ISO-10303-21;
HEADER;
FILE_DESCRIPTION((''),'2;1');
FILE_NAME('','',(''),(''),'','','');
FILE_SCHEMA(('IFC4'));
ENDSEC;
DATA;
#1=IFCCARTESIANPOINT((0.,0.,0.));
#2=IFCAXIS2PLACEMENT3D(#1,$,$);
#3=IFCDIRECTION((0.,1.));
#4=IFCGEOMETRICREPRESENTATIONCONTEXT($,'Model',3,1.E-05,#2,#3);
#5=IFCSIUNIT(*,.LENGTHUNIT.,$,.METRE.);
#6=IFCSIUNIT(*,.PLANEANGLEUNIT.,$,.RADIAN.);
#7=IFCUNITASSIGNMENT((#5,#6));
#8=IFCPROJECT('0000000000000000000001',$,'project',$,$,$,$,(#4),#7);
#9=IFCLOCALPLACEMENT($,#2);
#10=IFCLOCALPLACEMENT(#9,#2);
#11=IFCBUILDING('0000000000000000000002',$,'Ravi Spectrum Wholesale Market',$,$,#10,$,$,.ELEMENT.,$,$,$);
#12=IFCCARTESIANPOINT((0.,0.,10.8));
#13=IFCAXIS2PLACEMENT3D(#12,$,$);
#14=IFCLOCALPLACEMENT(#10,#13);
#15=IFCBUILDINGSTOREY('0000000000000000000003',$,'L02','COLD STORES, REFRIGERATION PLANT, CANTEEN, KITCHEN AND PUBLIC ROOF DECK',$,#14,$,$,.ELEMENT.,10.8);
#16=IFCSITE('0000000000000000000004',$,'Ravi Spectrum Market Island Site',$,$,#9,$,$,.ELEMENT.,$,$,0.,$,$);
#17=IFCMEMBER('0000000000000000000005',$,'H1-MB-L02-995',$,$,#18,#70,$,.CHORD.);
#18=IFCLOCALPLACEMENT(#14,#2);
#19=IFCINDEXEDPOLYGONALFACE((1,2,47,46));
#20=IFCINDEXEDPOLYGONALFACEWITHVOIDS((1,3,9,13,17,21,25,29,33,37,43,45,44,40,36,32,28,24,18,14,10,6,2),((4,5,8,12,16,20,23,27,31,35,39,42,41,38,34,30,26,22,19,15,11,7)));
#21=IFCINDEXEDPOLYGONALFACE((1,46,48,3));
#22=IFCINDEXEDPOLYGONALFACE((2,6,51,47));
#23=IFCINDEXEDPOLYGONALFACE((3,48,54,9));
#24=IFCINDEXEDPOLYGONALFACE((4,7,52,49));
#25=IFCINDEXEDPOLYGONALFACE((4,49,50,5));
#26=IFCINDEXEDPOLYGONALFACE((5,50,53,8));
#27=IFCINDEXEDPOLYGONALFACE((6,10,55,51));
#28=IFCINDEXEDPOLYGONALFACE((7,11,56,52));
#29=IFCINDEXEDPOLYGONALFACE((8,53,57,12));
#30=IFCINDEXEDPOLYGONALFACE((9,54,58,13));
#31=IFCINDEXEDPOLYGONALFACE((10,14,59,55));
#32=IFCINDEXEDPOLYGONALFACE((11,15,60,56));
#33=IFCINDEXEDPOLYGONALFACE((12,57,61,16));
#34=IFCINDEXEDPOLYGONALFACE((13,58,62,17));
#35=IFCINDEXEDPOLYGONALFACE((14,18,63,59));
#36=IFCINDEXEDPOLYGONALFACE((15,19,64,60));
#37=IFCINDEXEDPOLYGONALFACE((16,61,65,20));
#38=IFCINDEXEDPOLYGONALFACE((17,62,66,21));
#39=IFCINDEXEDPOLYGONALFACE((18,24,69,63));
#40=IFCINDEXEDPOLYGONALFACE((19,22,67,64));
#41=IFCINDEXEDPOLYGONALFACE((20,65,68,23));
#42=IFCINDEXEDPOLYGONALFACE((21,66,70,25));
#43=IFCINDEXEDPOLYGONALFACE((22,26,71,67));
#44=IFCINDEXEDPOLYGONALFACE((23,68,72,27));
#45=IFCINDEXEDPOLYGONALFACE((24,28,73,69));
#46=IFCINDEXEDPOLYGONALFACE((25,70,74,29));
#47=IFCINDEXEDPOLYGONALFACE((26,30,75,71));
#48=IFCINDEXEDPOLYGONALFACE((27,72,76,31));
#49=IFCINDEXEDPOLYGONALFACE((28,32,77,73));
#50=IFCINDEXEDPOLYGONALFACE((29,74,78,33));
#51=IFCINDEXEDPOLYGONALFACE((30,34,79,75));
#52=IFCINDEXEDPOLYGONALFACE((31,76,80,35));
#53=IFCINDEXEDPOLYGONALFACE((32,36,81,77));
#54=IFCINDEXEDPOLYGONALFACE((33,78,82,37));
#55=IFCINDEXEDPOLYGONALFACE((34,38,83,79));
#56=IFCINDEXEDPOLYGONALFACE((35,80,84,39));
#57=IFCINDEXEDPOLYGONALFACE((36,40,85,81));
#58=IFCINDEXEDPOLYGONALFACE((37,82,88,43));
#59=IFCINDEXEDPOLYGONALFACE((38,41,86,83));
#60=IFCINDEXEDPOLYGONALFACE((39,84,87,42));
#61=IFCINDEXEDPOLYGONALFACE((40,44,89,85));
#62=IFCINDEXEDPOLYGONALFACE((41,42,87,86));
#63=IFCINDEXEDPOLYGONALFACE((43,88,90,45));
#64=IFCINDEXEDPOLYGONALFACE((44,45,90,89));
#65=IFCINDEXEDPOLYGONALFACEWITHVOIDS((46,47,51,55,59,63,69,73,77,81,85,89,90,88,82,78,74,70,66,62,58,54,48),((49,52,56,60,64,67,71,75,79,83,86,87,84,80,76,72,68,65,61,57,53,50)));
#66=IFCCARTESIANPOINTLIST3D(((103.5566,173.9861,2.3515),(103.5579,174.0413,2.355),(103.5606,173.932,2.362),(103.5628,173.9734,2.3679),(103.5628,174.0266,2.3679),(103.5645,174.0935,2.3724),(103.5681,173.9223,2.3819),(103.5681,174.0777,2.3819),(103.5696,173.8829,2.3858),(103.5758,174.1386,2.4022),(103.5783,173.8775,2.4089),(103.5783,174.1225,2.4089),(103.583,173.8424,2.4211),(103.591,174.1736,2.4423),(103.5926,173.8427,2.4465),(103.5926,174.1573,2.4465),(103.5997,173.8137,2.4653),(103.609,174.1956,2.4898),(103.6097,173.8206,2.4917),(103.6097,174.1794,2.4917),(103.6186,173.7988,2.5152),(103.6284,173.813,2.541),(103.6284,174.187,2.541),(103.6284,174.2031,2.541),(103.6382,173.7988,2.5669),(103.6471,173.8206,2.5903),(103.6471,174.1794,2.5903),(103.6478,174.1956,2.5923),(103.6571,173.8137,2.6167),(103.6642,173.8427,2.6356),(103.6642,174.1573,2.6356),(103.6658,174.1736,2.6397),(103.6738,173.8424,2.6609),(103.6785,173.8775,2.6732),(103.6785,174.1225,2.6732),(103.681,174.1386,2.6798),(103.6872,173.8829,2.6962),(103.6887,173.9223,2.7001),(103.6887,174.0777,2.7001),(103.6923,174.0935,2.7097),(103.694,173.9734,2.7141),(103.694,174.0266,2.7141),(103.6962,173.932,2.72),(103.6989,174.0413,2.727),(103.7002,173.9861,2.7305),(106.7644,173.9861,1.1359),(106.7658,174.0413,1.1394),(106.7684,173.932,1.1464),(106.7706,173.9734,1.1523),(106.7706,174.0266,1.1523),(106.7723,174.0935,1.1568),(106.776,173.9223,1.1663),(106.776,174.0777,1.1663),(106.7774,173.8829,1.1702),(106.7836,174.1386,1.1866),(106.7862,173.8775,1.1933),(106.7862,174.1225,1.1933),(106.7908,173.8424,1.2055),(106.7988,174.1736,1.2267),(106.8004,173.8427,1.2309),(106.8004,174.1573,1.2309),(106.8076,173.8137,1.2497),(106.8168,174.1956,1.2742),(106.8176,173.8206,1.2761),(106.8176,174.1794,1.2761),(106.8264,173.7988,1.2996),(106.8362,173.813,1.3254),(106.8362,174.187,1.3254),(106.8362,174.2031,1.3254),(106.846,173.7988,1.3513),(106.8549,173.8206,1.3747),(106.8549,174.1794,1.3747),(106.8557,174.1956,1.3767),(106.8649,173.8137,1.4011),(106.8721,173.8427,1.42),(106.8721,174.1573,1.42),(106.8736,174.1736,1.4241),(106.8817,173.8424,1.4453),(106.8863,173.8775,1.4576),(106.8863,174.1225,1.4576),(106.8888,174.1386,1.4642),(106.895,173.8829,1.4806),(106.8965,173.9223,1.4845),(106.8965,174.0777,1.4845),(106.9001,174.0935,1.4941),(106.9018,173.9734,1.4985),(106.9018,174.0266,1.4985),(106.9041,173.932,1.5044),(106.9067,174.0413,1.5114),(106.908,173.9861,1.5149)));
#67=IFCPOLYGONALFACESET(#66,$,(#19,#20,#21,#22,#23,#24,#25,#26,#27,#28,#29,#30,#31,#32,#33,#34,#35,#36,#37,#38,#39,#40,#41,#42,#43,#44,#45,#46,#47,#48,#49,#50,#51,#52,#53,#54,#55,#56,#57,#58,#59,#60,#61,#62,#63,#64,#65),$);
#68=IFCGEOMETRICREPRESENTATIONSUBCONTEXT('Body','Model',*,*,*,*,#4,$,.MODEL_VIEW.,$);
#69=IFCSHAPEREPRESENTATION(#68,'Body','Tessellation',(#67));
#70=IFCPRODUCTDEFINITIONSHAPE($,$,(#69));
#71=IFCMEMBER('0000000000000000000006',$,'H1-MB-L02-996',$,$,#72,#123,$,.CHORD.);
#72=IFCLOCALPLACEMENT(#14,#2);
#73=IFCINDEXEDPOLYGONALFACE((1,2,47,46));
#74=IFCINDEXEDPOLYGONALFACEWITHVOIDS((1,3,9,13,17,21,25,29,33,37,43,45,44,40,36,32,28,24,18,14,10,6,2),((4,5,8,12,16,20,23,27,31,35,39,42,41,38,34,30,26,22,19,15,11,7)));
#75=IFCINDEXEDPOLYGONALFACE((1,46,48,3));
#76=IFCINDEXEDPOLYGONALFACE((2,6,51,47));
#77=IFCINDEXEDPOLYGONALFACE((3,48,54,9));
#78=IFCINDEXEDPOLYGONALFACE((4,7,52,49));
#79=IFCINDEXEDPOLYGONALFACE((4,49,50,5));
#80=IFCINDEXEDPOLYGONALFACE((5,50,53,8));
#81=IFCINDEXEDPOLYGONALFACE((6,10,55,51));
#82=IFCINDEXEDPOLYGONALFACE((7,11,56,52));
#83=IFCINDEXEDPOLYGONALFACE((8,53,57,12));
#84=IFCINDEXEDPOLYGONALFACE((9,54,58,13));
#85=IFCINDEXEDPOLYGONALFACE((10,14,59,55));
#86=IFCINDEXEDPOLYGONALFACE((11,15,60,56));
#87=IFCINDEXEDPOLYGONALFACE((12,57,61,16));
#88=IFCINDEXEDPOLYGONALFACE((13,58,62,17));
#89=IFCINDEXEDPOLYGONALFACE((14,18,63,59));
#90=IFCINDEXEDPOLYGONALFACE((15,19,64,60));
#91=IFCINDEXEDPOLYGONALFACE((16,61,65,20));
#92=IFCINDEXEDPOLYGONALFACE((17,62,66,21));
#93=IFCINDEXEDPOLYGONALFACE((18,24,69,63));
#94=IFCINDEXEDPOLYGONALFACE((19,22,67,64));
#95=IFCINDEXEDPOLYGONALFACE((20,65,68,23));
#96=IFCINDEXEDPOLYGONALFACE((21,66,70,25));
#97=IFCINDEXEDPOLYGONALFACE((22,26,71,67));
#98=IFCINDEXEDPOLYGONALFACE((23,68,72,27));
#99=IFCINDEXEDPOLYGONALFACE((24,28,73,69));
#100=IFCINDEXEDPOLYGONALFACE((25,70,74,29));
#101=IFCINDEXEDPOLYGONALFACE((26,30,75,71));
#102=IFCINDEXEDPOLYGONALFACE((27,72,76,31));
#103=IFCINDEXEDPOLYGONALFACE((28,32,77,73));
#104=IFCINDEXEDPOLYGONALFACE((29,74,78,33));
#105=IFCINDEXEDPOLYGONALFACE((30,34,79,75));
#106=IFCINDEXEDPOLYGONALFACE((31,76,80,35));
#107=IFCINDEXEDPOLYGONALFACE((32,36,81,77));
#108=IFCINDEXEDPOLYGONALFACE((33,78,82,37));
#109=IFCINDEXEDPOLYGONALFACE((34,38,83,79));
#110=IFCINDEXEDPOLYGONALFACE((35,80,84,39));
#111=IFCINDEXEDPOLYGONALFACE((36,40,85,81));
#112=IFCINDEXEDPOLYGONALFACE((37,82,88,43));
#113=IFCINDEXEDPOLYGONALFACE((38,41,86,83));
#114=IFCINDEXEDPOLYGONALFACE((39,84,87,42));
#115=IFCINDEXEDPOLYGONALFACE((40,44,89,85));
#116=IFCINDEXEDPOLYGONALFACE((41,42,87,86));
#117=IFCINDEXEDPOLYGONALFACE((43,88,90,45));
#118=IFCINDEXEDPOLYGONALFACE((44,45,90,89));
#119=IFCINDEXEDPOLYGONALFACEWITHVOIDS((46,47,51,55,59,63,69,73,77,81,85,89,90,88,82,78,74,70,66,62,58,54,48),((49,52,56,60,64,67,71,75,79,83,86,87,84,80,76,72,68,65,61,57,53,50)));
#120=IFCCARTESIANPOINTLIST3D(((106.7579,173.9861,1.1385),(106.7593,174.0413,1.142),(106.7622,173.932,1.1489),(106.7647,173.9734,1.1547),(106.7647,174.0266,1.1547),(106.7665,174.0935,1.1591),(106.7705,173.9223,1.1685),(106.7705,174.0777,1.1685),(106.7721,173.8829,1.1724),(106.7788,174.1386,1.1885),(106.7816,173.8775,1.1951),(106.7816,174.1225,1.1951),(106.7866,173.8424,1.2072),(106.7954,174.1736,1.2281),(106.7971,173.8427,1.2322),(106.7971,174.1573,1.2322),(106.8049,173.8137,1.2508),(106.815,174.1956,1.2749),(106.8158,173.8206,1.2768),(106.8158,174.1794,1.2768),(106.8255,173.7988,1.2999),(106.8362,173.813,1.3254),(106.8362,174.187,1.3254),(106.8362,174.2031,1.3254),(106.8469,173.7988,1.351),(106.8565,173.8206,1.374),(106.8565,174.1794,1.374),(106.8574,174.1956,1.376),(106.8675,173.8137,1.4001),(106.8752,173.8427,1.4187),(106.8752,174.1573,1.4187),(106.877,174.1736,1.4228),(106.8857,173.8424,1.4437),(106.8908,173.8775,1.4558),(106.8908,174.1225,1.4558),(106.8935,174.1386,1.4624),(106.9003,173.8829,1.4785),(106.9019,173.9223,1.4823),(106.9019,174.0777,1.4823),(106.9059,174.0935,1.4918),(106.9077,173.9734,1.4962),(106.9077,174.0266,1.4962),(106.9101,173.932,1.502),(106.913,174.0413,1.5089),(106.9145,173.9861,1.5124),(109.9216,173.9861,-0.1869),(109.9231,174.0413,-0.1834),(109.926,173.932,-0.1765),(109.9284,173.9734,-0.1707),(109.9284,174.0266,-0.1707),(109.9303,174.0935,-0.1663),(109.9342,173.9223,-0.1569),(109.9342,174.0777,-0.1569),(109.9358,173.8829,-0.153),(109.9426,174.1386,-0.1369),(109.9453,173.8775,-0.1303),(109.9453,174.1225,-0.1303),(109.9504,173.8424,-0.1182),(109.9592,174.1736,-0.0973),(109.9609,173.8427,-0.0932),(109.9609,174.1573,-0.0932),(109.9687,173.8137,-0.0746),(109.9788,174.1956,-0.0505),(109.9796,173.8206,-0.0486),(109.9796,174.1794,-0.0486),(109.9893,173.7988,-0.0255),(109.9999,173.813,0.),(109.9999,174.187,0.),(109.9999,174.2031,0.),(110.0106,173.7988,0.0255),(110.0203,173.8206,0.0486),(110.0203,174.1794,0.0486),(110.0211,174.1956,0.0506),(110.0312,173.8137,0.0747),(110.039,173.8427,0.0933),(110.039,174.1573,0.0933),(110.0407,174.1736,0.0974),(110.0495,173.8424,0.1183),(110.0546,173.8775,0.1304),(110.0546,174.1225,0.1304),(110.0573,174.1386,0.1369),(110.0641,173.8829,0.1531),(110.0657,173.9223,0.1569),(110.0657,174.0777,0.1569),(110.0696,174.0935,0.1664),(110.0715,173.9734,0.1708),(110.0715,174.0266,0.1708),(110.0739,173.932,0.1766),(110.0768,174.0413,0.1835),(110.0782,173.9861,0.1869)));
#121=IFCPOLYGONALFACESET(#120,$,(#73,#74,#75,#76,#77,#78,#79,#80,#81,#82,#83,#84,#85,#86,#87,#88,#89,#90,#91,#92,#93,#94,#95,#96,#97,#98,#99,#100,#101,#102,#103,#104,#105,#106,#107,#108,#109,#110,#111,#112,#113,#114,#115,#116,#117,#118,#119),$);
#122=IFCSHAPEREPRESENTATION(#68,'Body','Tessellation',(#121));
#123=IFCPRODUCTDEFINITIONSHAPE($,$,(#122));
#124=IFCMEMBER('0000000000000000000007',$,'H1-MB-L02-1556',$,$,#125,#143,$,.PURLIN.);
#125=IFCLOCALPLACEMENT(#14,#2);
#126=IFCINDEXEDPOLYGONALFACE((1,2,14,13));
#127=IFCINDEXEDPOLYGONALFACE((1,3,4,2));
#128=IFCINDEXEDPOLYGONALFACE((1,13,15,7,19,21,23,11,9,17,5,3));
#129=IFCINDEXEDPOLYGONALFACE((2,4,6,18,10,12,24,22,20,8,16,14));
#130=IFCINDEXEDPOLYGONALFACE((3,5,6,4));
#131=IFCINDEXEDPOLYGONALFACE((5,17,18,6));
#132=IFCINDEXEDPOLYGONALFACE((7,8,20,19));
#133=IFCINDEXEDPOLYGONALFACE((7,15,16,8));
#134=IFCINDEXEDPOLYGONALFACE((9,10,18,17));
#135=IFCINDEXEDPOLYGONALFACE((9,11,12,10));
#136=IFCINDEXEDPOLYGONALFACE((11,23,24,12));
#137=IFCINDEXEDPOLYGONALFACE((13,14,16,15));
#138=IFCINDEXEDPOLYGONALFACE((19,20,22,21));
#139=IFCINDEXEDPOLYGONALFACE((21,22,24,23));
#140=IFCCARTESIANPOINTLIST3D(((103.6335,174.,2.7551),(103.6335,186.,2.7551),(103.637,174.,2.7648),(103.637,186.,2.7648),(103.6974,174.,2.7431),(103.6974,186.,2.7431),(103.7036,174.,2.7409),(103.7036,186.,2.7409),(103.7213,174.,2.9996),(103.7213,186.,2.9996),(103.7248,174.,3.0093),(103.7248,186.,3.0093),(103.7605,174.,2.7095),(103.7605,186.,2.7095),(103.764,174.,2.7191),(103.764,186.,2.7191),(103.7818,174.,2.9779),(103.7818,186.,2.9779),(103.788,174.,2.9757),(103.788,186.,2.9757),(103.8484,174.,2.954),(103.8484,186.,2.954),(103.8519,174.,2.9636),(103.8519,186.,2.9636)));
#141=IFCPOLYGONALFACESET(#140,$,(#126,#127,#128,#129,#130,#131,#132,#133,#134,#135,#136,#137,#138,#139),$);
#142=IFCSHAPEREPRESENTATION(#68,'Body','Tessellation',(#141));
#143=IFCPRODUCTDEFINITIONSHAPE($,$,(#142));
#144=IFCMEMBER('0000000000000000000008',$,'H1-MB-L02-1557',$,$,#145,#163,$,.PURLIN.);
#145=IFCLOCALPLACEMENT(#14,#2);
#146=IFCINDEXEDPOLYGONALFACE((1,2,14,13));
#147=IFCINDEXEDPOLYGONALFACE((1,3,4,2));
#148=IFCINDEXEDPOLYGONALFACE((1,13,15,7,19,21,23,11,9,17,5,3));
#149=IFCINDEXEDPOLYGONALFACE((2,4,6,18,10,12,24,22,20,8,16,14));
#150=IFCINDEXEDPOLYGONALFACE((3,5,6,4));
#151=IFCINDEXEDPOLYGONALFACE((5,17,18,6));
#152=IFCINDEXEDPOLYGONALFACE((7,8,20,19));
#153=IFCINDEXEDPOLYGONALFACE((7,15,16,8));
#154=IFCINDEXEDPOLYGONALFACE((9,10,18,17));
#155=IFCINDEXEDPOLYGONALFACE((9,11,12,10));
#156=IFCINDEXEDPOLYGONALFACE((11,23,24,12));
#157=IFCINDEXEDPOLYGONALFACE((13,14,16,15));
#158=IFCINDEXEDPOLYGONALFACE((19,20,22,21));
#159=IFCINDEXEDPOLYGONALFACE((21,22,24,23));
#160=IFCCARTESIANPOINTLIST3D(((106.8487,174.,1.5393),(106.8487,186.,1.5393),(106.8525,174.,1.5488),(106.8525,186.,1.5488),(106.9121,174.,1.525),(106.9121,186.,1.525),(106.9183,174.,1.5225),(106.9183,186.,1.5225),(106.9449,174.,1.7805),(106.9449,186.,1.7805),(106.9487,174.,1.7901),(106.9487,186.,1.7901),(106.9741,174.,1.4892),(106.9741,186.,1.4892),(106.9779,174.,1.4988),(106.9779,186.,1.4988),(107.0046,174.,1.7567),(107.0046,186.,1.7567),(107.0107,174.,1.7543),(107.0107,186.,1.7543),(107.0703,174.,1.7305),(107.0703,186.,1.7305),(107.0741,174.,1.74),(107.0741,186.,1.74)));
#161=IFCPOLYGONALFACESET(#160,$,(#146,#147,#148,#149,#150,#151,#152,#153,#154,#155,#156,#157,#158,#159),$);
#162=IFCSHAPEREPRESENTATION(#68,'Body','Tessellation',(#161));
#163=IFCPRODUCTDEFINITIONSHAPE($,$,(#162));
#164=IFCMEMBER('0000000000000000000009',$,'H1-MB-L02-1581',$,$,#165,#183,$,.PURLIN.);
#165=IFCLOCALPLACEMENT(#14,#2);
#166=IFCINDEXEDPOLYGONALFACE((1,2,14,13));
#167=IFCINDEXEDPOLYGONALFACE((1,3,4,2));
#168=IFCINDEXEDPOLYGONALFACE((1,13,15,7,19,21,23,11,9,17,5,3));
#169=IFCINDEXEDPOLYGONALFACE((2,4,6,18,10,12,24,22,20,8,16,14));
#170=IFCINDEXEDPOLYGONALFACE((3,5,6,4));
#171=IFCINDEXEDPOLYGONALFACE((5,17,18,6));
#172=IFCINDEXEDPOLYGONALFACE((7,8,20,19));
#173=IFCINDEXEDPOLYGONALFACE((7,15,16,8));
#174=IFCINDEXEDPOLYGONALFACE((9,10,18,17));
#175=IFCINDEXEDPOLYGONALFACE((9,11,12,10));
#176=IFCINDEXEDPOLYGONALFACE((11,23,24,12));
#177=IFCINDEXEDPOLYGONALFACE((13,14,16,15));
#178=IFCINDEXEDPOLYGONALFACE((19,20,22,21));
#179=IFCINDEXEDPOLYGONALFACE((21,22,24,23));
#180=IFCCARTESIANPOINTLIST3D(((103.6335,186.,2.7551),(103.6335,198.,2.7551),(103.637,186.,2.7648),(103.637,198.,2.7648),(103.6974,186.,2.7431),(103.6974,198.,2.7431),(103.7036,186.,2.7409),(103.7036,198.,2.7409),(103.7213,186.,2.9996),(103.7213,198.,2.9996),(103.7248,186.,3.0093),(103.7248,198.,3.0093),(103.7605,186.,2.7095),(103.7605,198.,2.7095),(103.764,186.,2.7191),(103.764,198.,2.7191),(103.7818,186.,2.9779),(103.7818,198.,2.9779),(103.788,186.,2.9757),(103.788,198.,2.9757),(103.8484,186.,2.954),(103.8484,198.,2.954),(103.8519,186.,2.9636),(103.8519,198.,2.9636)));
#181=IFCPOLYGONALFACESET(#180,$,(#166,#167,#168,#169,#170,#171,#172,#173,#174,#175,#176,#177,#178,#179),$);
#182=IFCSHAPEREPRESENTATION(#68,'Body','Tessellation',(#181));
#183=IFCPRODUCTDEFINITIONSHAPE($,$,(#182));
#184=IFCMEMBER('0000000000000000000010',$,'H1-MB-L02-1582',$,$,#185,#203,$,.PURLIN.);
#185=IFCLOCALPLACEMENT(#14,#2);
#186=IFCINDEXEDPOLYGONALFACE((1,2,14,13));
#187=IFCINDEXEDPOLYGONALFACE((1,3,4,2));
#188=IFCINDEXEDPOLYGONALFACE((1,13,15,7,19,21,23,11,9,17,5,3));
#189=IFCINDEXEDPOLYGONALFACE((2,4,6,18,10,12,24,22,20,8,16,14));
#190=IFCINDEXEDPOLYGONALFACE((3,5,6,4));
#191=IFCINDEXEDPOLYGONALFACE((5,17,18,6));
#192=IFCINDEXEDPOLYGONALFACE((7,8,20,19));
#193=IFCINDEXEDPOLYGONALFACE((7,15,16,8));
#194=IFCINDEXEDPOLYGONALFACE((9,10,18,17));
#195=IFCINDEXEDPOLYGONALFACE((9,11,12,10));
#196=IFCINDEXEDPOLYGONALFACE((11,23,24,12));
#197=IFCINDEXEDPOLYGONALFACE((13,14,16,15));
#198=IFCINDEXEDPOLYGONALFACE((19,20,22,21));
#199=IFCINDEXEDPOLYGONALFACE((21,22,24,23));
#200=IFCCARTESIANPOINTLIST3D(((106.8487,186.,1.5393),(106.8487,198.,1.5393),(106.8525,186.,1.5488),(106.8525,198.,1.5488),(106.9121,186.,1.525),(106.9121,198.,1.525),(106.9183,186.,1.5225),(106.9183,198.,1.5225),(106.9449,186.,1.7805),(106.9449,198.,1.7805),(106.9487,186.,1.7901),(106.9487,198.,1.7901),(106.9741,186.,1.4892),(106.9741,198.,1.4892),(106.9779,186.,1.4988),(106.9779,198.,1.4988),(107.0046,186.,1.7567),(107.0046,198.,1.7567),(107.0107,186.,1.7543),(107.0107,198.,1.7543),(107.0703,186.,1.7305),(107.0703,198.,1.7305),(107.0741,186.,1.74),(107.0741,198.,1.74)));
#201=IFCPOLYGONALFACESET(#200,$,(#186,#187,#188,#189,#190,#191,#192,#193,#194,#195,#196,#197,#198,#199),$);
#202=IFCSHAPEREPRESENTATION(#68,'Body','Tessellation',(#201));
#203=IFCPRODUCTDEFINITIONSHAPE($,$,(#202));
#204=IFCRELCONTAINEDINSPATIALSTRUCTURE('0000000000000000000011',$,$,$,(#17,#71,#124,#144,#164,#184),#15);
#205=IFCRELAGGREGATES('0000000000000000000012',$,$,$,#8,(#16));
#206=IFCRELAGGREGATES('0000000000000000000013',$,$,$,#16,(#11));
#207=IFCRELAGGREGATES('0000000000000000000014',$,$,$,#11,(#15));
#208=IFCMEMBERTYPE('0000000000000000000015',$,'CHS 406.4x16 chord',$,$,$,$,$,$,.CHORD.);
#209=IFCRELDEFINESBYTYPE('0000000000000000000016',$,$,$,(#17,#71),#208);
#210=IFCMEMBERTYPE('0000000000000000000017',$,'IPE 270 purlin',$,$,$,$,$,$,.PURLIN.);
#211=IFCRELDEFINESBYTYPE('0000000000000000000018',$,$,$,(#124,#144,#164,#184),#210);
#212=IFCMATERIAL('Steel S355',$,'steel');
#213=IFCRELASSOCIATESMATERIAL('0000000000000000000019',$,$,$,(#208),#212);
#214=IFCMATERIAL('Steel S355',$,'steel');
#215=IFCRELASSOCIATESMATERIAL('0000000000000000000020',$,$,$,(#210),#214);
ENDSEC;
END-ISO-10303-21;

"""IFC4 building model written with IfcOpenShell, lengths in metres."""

from ifc_helpers import new_model, si_unit, direction, frame, origin, origin_2d, place, context, subcontext, project, spatial, hollow_circle, i_section, extrude, material, material_profile, profile_set, type_object, element, save


model = new_model("IFC4")

# Units and contexts
model_context = context("Model", 3, precision=1e-05, world=origin(), true_north=direction((0.0, 1.0)))
body_context = subcontext(model_context, "Body", "Model", "MODEL_VIEW")
ifc_project = project(units=[si_unit("LENGTHUNIT", "METRE"), si_unit("PLANEANGLEUNIT", "RADIAN")], contexts=[model_context])

# Site, building, storey
site_placement = place(None, origin())
site = spatial("IfcSite", under=ifc_project, at=site_placement, Name="Ravi Spectrum Market Island Site", CompositionType="ELEMENT", RefElevation=0.0)
building_placement = place(site_placement, origin())
building = spatial("IfcBuilding", under=site, at=building_placement, Name="Ravi Spectrum Wholesale Market", CompositionType="ELEMENT")
storey_placement = place(building_placement, frame((0.0, 0.0, 10.8)))
storey = spatial("IfcBuildingStorey", under=building, at=storey_placement, Name="L02", Description="COLD STORES, REFRIGERATION PLANT, CANTEEN, KITCHEN AND PUBLIC ROOF DECK", CompositionType="ELEMENT", Elevation=10.8)

# Members
ifc_material_1 = material(Name="Steel S355", Category="steel")
ifc_material_profile_1 = material_profile(ifc_material_1, hollow_circle(Radius=0.2031, WallThickness=0.0161, at=origin_2d()))
ifc_profile_set_1 = profile_set([ifc_material_profile_1], Name="Steel S355")
member_type_1 = type_object("IfcMemberType", Name="CHS 406.4x16 chord", PredefinedType="CHORD", material=ifc_profile_set_1)
member_1_placement = place(storey_placement, frame((103.6284, 174.0, 2.541), z_axis=(0.93511, 0.0, -0.354358), x_axis=(0.0, 1.0, 0.0)))
element("IfcMember", 1, at=member_1_placement, inside=storey, type_object=member_type_1, Name="H1-MB-L02-995", PredefinedType="CHORD", context=body_context, shape_type="SweptSolid", body=[
    extrude(hollow_circle(Radius=0.2031, WallThickness=0.0161, at=origin_2d()), origin(), (0.0, 0.0, 1.0), 3.4304),
])
member_2_placement = place(storey_placement, frame((106.8362, 174.0, 1.3254), z_axis=(0.922332, 0.0, -0.386399), x_axis=(0.0, 1.0, 0.0)))
element("IfcMember", 2, at=member_2_placement, inside=storey, type_object=member_type_1, Name="H1-MB-L02-996", PredefinedType="CHORD", context=body_context, shape_type="SweptSolid", body=[
    extrude(hollow_circle(Radius=0.2031, WallThickness=0.0161, at=origin_2d()), origin(), (0.0, 0.0, 1.0), 3.4302),
])
ifc_material_2 = material(Name="Steel S355", Category="steel")
ifc_material_profile_2 = material_profile(ifc_material_2, i_section(OverallWidth=0.135, OverallDepth=0.27, WebThickness=0.0066, FlangeThickness=0.0103, at=origin_2d()))
ifc_profile_set_2 = profile_set([ifc_material_profile_2], Name="Steel S355")
member_type_2 = type_object("IfcMemberType", Name="IPE 270 purlin", PredefinedType="PURLIN", material=ifc_profile_set_2)
for number, where, z_axis, x_axis, name in (
    (3, (103.7427, 174.0, 2.8594), (0.0, 1.0, 0.0), (-0.94108, 0.0, 0.338184), "H1-MB-L02-1556"),
    (4, (106.9614, 174.0, 1.6396), (0.0, 1.0, 0.0), (-0.928855, 0.0, 0.370443), "H1-MB-L02-1557"),
    (5, (103.7427, 186.0, 2.8594), (0.0, 1.0, 0.0), (-0.94108, 0.0, 0.338184), "H1-MB-L02-1581"),
    (6, (106.9614, 186.0, 1.6396), (0.0, 1.0, 0.0), (-0.928855, 0.0, 0.370443), "H1-MB-L02-1582"),
):
    element("IfcMember", number, at=place(storey_placement, frame(where, z_axis=z_axis, x_axis=x_axis)), inside=storey, type_object=member_type_2, Name=name, PredefinedType="PURLIN", context=body_context, shape_type="SweptSolid", body=[
        extrude(i_section(OverallWidth=0.135, OverallDepth=0.27, WebThickness=0.0066, FlangeThickness=0.0103, at=origin_2d()), origin(), (0.0, 0.0, 1.0), 12.0),
    ])

save(model, "model.ifc")
